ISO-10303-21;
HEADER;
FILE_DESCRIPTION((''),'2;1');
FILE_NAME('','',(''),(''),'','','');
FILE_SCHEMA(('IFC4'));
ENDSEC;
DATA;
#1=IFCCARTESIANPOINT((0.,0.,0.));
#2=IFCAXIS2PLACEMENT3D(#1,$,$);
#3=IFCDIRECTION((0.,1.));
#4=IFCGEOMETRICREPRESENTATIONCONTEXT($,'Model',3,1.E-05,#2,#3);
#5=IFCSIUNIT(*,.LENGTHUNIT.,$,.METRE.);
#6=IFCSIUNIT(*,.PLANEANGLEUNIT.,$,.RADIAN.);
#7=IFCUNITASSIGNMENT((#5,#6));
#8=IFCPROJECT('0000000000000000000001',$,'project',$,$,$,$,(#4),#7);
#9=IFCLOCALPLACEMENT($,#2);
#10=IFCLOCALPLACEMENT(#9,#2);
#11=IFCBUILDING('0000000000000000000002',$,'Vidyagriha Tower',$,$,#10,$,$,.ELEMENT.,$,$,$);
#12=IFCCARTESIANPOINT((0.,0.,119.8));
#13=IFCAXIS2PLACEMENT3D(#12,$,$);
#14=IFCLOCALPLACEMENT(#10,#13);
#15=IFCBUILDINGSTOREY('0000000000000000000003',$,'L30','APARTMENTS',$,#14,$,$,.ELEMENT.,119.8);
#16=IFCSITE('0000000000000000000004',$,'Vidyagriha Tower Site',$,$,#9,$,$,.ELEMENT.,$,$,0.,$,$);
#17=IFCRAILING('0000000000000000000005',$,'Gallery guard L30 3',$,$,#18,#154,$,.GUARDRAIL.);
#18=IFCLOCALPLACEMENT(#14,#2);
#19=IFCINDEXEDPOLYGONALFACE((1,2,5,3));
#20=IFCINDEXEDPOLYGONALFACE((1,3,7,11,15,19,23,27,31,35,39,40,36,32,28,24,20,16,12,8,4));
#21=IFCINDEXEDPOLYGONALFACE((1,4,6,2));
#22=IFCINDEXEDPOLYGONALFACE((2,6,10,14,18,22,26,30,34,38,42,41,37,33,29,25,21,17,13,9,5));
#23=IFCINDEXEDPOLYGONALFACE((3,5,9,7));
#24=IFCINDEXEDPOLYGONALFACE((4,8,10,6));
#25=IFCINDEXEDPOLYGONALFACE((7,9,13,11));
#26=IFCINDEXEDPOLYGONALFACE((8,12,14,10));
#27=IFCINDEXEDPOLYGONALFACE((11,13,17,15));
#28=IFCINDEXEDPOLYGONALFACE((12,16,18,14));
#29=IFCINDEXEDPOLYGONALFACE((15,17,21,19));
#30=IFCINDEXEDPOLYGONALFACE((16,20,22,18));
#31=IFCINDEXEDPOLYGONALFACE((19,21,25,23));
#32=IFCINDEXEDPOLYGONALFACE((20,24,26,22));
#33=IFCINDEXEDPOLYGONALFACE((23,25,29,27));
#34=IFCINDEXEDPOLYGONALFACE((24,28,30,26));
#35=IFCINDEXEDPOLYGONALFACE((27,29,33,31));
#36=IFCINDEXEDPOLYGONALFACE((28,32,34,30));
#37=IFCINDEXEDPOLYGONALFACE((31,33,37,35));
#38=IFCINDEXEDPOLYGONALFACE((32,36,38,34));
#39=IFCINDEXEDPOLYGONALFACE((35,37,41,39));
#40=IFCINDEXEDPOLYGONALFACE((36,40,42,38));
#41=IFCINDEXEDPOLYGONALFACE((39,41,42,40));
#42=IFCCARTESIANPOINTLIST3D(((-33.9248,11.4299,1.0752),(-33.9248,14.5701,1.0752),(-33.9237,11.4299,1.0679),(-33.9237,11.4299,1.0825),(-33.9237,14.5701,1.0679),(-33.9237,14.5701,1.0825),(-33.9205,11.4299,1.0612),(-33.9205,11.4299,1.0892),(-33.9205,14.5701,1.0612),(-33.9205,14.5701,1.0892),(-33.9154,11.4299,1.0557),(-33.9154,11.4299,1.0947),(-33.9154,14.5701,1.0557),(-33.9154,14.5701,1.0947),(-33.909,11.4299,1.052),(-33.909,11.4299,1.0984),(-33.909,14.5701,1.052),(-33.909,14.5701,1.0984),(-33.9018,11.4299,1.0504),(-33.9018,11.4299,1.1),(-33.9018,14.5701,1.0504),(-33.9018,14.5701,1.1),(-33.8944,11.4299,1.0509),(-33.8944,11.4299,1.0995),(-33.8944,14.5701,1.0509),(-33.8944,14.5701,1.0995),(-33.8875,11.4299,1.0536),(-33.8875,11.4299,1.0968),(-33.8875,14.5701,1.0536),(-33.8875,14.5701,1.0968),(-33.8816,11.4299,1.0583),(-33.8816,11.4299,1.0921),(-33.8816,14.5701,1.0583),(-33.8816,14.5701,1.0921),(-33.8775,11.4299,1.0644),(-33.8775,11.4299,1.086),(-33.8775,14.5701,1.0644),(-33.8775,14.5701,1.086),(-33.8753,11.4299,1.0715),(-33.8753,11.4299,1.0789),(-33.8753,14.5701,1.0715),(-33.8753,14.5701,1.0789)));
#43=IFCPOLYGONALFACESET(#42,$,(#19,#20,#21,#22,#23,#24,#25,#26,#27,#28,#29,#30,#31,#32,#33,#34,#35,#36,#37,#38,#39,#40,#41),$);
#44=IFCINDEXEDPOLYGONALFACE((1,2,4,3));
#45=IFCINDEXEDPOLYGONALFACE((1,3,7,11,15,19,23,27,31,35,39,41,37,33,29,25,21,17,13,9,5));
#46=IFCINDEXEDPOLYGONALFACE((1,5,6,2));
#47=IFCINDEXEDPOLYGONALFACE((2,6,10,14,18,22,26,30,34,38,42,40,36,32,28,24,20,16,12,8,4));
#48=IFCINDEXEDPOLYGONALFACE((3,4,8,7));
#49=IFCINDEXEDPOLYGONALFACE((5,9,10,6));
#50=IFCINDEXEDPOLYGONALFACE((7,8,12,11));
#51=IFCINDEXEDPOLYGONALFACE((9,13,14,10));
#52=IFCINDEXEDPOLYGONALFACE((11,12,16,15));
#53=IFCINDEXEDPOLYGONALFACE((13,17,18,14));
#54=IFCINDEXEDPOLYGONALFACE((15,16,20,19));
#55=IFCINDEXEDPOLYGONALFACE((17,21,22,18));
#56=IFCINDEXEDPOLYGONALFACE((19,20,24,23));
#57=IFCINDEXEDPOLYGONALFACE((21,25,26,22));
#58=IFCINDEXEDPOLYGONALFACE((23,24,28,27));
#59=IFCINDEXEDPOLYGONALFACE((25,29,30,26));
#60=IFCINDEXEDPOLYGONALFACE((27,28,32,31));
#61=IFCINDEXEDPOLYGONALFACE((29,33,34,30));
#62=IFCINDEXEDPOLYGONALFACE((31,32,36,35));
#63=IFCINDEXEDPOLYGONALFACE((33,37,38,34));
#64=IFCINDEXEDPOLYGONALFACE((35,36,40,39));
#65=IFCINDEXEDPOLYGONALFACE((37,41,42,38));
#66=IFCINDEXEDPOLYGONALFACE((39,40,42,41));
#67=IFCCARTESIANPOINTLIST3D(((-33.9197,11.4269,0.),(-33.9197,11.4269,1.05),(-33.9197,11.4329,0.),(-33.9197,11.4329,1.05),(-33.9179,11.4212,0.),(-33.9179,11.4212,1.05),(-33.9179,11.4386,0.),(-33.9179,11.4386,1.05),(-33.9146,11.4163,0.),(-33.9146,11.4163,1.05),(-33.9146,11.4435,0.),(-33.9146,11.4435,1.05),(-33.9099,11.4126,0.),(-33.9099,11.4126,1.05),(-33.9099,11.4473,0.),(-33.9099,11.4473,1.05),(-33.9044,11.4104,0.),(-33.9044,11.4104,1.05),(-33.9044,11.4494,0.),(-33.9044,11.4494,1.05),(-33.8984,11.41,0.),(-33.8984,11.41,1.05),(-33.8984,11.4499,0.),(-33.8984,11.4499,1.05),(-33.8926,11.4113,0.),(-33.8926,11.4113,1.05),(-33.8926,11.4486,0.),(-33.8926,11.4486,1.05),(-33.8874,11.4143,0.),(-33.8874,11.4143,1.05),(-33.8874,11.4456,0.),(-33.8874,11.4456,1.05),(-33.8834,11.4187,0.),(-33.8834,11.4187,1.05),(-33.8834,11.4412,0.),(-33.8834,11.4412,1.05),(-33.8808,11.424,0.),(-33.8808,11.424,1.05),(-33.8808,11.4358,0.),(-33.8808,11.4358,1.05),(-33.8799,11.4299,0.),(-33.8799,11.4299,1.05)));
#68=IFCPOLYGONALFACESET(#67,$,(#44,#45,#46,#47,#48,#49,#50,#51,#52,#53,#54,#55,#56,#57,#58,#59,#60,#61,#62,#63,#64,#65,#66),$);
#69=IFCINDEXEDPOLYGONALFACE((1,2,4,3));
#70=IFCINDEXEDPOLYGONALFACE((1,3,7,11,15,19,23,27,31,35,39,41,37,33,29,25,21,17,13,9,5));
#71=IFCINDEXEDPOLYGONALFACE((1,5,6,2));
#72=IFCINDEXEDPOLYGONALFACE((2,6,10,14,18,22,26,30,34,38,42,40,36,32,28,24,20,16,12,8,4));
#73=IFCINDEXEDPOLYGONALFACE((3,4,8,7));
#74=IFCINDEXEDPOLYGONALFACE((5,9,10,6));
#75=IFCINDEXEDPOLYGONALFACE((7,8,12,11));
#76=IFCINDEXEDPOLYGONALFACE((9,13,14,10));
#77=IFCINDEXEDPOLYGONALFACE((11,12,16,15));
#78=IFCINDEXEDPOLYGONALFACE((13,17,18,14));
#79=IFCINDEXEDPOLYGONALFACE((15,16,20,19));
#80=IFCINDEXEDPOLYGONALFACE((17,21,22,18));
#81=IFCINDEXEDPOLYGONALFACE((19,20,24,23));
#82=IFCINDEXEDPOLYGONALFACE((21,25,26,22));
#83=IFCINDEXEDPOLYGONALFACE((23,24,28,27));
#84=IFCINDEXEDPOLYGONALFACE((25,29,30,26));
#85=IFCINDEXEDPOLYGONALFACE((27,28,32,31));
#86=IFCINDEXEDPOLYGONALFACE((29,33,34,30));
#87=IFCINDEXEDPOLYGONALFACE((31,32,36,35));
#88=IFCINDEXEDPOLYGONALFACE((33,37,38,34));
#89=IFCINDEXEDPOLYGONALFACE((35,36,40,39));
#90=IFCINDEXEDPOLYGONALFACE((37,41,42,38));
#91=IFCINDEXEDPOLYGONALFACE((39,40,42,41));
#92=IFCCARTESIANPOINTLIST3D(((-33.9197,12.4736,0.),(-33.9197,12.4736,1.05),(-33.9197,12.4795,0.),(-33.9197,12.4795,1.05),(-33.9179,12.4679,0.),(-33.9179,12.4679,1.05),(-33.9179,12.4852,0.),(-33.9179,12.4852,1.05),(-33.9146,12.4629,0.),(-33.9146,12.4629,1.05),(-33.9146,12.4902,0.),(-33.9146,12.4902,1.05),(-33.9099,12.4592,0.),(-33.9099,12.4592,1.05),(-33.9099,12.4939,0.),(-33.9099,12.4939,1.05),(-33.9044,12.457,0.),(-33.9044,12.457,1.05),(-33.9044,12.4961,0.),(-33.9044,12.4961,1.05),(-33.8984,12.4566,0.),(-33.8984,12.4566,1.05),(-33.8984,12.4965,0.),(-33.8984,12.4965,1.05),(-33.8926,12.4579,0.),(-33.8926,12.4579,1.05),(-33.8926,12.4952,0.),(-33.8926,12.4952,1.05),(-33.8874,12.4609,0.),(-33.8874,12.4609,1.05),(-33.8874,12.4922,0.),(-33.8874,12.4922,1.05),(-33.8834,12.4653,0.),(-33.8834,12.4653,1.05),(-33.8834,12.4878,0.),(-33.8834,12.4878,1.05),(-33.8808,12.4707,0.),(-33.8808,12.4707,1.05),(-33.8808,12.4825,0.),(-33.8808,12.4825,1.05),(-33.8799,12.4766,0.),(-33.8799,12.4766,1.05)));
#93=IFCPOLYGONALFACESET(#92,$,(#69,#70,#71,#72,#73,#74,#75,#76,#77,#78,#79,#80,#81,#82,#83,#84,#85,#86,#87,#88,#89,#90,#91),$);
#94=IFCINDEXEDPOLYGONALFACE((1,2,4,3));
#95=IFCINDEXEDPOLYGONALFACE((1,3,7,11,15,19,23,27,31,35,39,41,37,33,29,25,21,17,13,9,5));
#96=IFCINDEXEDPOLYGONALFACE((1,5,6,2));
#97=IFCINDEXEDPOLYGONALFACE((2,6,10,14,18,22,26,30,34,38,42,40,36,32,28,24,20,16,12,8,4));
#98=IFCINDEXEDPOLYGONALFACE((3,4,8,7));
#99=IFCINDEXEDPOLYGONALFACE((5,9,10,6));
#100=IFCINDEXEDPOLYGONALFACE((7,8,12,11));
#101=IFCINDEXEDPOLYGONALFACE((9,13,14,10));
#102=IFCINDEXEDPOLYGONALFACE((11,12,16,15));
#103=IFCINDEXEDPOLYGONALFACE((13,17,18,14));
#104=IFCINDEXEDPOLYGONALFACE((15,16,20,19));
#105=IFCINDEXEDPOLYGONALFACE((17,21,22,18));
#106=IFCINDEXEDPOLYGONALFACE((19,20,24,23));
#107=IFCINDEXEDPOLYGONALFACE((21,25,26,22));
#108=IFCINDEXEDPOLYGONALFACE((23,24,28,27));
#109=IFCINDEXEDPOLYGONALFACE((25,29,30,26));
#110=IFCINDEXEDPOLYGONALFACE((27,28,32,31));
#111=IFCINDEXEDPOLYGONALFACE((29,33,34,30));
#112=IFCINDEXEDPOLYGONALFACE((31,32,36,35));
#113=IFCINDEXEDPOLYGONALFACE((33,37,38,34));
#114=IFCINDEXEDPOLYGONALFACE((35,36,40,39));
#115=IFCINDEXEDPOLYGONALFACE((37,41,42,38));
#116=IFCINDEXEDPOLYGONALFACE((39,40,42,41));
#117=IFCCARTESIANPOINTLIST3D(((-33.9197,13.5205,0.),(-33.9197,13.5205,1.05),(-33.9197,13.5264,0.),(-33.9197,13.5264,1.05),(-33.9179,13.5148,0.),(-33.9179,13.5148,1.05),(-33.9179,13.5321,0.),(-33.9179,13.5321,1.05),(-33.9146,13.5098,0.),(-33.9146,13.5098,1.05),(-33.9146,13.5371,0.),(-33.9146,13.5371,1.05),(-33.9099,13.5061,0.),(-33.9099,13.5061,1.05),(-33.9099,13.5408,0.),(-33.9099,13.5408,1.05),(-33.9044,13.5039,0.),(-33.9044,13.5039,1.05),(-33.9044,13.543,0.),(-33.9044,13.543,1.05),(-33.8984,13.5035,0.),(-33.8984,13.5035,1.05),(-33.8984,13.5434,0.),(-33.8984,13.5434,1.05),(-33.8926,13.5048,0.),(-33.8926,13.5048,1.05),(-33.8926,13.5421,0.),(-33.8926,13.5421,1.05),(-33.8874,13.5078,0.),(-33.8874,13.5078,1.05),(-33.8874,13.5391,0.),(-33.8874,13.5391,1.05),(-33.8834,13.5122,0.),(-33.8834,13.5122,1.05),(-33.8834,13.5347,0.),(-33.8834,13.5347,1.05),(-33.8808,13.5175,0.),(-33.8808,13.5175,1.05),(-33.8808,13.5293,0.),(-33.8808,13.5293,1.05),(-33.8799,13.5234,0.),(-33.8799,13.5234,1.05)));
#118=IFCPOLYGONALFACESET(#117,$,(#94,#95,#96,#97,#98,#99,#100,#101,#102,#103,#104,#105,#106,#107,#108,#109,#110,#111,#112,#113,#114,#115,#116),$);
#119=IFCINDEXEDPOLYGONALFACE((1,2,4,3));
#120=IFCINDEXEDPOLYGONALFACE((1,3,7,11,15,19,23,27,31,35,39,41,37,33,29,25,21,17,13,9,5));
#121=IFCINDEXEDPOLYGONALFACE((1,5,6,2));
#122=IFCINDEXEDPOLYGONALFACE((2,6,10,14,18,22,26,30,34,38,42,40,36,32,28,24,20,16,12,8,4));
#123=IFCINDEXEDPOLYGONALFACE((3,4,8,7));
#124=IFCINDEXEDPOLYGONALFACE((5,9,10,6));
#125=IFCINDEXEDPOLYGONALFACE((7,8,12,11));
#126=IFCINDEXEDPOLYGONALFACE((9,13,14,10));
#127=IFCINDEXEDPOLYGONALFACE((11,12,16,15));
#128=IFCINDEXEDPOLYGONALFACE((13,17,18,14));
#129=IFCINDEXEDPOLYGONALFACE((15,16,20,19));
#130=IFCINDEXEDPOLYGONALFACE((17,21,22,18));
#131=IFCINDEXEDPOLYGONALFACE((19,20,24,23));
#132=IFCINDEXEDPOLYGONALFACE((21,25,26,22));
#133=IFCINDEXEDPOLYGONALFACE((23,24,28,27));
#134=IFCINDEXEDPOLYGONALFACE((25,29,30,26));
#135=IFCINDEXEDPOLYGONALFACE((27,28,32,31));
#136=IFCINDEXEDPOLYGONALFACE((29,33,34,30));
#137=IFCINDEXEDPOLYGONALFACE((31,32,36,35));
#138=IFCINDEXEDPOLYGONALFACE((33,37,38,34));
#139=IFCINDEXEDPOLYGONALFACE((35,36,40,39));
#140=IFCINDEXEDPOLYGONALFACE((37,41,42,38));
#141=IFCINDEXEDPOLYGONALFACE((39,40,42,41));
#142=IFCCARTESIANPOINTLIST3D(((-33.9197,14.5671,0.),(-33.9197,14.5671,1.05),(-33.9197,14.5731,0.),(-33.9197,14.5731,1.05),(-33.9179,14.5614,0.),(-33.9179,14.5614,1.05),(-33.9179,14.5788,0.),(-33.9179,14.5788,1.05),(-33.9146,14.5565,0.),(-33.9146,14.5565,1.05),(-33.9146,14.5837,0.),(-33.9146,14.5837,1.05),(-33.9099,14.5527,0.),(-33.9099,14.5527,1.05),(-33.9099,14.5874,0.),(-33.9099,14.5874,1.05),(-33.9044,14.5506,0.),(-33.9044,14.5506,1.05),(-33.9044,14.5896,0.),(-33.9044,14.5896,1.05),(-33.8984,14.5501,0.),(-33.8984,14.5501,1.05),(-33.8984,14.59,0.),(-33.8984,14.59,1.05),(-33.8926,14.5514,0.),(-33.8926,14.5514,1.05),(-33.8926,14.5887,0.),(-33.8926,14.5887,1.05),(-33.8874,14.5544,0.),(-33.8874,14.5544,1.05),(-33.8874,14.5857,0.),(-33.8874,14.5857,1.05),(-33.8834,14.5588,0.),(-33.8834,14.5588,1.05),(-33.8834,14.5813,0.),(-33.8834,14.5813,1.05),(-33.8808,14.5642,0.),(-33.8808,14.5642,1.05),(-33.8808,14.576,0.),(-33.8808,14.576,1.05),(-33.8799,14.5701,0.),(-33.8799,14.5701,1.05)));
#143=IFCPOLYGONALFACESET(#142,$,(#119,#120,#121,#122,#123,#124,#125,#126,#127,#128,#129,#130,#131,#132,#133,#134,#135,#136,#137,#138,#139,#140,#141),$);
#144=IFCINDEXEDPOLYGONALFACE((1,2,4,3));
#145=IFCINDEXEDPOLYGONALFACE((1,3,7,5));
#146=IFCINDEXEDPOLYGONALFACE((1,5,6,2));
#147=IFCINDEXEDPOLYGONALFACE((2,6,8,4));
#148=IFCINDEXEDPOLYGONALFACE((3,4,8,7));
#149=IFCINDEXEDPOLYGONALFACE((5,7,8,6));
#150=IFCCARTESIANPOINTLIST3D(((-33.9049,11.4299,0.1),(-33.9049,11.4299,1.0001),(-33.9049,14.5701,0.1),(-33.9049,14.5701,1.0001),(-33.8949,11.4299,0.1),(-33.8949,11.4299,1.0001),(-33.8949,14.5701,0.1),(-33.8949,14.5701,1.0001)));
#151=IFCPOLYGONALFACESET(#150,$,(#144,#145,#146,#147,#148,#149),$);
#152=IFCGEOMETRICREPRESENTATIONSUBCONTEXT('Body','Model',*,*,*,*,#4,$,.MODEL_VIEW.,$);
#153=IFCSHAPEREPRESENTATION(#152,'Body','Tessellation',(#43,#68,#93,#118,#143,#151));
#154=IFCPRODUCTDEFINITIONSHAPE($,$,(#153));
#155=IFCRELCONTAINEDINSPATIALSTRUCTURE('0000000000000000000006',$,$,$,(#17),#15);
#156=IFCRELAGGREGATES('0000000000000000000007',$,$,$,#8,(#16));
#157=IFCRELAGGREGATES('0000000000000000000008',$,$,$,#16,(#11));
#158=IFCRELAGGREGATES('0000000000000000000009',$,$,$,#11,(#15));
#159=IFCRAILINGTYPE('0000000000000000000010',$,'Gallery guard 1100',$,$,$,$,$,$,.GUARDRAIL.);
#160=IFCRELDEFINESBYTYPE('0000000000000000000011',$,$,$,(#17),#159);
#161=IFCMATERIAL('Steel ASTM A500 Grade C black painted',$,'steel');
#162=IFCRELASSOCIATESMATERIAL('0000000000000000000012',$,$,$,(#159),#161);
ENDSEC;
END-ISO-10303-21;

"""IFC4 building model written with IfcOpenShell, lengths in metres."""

from ifc_helpers import new_model, si_unit, direction, frame, origin, origin_2d, place, context, subcontext, project, spatial, rectangle, circle, extrude, material, type_object, element, save


model = new_model("IFC4")

# Units and contexts
model_context = context("Model", 3, precision=1e-05, world=origin(), true_north=direction((0.0, 1.0)))
body_context = subcontext(model_context, "Body", "Model", "MODEL_VIEW")
ifc_project = project(units=[si_unit("LENGTHUNIT", "METRE"), si_unit("PLANEANGLEUNIT", "RADIAN")], contexts=[model_context])

# Site, building, storey
site_placement = place(None, origin())
site = spatial("IfcSite", under=ifc_project, at=site_placement, Name="Vidyagriha Tower Site", CompositionType="ELEMENT", RefElevation=0.0)
building_placement = place(site_placement, origin())
building = spatial("IfcBuilding", under=site, at=building_placement, Name="Vidyagriha Tower", CompositionType="ELEMENT")
storey_placement = place(building_placement, frame((0.0, 0.0, 119.8)))
storey = spatial("IfcBuildingStorey", under=building, at=storey_placement, Name="L30", Description="APARTMENTS", CompositionType="ELEMENT", Elevation=119.8)

# Railing
ifc_material_1 = material(Name="Steel ASTM A500 Grade C black painted", Category="steel")
railing_type = type_object("IfcRailingType", Name="Gallery guard 1100", PredefinedType="GUARDRAIL", material=ifc_material_1)
railing_1_placement = place(storey_placement, frame((-33.8999, 11.4299, 0.0)))
element("IfcRailing", 1, at=railing_1_placement, inside=storey, type_object=railing_type, Name="Gallery guard L30 3", PredefinedType="GUARDRAIL", context=body_context, shape_type="SweptSolid", body=[
    extrude(circle(Radius=0.0249, at=origin_2d()), frame((0.0, 0.0, 1.0752), z_axis=(0.0, 1.0, 0.0), x_axis=(-1.0, 0.0, 0.0)), (0.0, 0.0, 1.0), 3.1401),
    extrude(circle(Radius=0.02, at=origin_2d()), origin(), (0.0, 0.0, 1.0), 1.05),
    extrude(circle(Radius=0.02, at=origin_2d()), frame((0.0, 1.0466, 0.0)), (0.0, 0.0, 1.0), 1.05),
    extrude(circle(Radius=0.02, at=origin_2d()), frame((0.0, 2.0935, 0.0)), (0.0, 0.0, 1.0), 1.05),
    extrude(circle(Radius=0.02, at=origin_2d()), frame((0.0, 3.1401, 0.0)), (0.0, 0.0, 1.0), 1.05),
    extrude(rectangle(XDim=0.01, YDim=0.9001, at=origin_2d()), frame((0.0, 0.0, 0.55), z_axis=(0.0, 1.0, 0.0), x_axis=(-1.0, 0.0, 0.0)), (0.0, 0.0, 1.0), 3.1401),
])

save(model, "model.ifc")
